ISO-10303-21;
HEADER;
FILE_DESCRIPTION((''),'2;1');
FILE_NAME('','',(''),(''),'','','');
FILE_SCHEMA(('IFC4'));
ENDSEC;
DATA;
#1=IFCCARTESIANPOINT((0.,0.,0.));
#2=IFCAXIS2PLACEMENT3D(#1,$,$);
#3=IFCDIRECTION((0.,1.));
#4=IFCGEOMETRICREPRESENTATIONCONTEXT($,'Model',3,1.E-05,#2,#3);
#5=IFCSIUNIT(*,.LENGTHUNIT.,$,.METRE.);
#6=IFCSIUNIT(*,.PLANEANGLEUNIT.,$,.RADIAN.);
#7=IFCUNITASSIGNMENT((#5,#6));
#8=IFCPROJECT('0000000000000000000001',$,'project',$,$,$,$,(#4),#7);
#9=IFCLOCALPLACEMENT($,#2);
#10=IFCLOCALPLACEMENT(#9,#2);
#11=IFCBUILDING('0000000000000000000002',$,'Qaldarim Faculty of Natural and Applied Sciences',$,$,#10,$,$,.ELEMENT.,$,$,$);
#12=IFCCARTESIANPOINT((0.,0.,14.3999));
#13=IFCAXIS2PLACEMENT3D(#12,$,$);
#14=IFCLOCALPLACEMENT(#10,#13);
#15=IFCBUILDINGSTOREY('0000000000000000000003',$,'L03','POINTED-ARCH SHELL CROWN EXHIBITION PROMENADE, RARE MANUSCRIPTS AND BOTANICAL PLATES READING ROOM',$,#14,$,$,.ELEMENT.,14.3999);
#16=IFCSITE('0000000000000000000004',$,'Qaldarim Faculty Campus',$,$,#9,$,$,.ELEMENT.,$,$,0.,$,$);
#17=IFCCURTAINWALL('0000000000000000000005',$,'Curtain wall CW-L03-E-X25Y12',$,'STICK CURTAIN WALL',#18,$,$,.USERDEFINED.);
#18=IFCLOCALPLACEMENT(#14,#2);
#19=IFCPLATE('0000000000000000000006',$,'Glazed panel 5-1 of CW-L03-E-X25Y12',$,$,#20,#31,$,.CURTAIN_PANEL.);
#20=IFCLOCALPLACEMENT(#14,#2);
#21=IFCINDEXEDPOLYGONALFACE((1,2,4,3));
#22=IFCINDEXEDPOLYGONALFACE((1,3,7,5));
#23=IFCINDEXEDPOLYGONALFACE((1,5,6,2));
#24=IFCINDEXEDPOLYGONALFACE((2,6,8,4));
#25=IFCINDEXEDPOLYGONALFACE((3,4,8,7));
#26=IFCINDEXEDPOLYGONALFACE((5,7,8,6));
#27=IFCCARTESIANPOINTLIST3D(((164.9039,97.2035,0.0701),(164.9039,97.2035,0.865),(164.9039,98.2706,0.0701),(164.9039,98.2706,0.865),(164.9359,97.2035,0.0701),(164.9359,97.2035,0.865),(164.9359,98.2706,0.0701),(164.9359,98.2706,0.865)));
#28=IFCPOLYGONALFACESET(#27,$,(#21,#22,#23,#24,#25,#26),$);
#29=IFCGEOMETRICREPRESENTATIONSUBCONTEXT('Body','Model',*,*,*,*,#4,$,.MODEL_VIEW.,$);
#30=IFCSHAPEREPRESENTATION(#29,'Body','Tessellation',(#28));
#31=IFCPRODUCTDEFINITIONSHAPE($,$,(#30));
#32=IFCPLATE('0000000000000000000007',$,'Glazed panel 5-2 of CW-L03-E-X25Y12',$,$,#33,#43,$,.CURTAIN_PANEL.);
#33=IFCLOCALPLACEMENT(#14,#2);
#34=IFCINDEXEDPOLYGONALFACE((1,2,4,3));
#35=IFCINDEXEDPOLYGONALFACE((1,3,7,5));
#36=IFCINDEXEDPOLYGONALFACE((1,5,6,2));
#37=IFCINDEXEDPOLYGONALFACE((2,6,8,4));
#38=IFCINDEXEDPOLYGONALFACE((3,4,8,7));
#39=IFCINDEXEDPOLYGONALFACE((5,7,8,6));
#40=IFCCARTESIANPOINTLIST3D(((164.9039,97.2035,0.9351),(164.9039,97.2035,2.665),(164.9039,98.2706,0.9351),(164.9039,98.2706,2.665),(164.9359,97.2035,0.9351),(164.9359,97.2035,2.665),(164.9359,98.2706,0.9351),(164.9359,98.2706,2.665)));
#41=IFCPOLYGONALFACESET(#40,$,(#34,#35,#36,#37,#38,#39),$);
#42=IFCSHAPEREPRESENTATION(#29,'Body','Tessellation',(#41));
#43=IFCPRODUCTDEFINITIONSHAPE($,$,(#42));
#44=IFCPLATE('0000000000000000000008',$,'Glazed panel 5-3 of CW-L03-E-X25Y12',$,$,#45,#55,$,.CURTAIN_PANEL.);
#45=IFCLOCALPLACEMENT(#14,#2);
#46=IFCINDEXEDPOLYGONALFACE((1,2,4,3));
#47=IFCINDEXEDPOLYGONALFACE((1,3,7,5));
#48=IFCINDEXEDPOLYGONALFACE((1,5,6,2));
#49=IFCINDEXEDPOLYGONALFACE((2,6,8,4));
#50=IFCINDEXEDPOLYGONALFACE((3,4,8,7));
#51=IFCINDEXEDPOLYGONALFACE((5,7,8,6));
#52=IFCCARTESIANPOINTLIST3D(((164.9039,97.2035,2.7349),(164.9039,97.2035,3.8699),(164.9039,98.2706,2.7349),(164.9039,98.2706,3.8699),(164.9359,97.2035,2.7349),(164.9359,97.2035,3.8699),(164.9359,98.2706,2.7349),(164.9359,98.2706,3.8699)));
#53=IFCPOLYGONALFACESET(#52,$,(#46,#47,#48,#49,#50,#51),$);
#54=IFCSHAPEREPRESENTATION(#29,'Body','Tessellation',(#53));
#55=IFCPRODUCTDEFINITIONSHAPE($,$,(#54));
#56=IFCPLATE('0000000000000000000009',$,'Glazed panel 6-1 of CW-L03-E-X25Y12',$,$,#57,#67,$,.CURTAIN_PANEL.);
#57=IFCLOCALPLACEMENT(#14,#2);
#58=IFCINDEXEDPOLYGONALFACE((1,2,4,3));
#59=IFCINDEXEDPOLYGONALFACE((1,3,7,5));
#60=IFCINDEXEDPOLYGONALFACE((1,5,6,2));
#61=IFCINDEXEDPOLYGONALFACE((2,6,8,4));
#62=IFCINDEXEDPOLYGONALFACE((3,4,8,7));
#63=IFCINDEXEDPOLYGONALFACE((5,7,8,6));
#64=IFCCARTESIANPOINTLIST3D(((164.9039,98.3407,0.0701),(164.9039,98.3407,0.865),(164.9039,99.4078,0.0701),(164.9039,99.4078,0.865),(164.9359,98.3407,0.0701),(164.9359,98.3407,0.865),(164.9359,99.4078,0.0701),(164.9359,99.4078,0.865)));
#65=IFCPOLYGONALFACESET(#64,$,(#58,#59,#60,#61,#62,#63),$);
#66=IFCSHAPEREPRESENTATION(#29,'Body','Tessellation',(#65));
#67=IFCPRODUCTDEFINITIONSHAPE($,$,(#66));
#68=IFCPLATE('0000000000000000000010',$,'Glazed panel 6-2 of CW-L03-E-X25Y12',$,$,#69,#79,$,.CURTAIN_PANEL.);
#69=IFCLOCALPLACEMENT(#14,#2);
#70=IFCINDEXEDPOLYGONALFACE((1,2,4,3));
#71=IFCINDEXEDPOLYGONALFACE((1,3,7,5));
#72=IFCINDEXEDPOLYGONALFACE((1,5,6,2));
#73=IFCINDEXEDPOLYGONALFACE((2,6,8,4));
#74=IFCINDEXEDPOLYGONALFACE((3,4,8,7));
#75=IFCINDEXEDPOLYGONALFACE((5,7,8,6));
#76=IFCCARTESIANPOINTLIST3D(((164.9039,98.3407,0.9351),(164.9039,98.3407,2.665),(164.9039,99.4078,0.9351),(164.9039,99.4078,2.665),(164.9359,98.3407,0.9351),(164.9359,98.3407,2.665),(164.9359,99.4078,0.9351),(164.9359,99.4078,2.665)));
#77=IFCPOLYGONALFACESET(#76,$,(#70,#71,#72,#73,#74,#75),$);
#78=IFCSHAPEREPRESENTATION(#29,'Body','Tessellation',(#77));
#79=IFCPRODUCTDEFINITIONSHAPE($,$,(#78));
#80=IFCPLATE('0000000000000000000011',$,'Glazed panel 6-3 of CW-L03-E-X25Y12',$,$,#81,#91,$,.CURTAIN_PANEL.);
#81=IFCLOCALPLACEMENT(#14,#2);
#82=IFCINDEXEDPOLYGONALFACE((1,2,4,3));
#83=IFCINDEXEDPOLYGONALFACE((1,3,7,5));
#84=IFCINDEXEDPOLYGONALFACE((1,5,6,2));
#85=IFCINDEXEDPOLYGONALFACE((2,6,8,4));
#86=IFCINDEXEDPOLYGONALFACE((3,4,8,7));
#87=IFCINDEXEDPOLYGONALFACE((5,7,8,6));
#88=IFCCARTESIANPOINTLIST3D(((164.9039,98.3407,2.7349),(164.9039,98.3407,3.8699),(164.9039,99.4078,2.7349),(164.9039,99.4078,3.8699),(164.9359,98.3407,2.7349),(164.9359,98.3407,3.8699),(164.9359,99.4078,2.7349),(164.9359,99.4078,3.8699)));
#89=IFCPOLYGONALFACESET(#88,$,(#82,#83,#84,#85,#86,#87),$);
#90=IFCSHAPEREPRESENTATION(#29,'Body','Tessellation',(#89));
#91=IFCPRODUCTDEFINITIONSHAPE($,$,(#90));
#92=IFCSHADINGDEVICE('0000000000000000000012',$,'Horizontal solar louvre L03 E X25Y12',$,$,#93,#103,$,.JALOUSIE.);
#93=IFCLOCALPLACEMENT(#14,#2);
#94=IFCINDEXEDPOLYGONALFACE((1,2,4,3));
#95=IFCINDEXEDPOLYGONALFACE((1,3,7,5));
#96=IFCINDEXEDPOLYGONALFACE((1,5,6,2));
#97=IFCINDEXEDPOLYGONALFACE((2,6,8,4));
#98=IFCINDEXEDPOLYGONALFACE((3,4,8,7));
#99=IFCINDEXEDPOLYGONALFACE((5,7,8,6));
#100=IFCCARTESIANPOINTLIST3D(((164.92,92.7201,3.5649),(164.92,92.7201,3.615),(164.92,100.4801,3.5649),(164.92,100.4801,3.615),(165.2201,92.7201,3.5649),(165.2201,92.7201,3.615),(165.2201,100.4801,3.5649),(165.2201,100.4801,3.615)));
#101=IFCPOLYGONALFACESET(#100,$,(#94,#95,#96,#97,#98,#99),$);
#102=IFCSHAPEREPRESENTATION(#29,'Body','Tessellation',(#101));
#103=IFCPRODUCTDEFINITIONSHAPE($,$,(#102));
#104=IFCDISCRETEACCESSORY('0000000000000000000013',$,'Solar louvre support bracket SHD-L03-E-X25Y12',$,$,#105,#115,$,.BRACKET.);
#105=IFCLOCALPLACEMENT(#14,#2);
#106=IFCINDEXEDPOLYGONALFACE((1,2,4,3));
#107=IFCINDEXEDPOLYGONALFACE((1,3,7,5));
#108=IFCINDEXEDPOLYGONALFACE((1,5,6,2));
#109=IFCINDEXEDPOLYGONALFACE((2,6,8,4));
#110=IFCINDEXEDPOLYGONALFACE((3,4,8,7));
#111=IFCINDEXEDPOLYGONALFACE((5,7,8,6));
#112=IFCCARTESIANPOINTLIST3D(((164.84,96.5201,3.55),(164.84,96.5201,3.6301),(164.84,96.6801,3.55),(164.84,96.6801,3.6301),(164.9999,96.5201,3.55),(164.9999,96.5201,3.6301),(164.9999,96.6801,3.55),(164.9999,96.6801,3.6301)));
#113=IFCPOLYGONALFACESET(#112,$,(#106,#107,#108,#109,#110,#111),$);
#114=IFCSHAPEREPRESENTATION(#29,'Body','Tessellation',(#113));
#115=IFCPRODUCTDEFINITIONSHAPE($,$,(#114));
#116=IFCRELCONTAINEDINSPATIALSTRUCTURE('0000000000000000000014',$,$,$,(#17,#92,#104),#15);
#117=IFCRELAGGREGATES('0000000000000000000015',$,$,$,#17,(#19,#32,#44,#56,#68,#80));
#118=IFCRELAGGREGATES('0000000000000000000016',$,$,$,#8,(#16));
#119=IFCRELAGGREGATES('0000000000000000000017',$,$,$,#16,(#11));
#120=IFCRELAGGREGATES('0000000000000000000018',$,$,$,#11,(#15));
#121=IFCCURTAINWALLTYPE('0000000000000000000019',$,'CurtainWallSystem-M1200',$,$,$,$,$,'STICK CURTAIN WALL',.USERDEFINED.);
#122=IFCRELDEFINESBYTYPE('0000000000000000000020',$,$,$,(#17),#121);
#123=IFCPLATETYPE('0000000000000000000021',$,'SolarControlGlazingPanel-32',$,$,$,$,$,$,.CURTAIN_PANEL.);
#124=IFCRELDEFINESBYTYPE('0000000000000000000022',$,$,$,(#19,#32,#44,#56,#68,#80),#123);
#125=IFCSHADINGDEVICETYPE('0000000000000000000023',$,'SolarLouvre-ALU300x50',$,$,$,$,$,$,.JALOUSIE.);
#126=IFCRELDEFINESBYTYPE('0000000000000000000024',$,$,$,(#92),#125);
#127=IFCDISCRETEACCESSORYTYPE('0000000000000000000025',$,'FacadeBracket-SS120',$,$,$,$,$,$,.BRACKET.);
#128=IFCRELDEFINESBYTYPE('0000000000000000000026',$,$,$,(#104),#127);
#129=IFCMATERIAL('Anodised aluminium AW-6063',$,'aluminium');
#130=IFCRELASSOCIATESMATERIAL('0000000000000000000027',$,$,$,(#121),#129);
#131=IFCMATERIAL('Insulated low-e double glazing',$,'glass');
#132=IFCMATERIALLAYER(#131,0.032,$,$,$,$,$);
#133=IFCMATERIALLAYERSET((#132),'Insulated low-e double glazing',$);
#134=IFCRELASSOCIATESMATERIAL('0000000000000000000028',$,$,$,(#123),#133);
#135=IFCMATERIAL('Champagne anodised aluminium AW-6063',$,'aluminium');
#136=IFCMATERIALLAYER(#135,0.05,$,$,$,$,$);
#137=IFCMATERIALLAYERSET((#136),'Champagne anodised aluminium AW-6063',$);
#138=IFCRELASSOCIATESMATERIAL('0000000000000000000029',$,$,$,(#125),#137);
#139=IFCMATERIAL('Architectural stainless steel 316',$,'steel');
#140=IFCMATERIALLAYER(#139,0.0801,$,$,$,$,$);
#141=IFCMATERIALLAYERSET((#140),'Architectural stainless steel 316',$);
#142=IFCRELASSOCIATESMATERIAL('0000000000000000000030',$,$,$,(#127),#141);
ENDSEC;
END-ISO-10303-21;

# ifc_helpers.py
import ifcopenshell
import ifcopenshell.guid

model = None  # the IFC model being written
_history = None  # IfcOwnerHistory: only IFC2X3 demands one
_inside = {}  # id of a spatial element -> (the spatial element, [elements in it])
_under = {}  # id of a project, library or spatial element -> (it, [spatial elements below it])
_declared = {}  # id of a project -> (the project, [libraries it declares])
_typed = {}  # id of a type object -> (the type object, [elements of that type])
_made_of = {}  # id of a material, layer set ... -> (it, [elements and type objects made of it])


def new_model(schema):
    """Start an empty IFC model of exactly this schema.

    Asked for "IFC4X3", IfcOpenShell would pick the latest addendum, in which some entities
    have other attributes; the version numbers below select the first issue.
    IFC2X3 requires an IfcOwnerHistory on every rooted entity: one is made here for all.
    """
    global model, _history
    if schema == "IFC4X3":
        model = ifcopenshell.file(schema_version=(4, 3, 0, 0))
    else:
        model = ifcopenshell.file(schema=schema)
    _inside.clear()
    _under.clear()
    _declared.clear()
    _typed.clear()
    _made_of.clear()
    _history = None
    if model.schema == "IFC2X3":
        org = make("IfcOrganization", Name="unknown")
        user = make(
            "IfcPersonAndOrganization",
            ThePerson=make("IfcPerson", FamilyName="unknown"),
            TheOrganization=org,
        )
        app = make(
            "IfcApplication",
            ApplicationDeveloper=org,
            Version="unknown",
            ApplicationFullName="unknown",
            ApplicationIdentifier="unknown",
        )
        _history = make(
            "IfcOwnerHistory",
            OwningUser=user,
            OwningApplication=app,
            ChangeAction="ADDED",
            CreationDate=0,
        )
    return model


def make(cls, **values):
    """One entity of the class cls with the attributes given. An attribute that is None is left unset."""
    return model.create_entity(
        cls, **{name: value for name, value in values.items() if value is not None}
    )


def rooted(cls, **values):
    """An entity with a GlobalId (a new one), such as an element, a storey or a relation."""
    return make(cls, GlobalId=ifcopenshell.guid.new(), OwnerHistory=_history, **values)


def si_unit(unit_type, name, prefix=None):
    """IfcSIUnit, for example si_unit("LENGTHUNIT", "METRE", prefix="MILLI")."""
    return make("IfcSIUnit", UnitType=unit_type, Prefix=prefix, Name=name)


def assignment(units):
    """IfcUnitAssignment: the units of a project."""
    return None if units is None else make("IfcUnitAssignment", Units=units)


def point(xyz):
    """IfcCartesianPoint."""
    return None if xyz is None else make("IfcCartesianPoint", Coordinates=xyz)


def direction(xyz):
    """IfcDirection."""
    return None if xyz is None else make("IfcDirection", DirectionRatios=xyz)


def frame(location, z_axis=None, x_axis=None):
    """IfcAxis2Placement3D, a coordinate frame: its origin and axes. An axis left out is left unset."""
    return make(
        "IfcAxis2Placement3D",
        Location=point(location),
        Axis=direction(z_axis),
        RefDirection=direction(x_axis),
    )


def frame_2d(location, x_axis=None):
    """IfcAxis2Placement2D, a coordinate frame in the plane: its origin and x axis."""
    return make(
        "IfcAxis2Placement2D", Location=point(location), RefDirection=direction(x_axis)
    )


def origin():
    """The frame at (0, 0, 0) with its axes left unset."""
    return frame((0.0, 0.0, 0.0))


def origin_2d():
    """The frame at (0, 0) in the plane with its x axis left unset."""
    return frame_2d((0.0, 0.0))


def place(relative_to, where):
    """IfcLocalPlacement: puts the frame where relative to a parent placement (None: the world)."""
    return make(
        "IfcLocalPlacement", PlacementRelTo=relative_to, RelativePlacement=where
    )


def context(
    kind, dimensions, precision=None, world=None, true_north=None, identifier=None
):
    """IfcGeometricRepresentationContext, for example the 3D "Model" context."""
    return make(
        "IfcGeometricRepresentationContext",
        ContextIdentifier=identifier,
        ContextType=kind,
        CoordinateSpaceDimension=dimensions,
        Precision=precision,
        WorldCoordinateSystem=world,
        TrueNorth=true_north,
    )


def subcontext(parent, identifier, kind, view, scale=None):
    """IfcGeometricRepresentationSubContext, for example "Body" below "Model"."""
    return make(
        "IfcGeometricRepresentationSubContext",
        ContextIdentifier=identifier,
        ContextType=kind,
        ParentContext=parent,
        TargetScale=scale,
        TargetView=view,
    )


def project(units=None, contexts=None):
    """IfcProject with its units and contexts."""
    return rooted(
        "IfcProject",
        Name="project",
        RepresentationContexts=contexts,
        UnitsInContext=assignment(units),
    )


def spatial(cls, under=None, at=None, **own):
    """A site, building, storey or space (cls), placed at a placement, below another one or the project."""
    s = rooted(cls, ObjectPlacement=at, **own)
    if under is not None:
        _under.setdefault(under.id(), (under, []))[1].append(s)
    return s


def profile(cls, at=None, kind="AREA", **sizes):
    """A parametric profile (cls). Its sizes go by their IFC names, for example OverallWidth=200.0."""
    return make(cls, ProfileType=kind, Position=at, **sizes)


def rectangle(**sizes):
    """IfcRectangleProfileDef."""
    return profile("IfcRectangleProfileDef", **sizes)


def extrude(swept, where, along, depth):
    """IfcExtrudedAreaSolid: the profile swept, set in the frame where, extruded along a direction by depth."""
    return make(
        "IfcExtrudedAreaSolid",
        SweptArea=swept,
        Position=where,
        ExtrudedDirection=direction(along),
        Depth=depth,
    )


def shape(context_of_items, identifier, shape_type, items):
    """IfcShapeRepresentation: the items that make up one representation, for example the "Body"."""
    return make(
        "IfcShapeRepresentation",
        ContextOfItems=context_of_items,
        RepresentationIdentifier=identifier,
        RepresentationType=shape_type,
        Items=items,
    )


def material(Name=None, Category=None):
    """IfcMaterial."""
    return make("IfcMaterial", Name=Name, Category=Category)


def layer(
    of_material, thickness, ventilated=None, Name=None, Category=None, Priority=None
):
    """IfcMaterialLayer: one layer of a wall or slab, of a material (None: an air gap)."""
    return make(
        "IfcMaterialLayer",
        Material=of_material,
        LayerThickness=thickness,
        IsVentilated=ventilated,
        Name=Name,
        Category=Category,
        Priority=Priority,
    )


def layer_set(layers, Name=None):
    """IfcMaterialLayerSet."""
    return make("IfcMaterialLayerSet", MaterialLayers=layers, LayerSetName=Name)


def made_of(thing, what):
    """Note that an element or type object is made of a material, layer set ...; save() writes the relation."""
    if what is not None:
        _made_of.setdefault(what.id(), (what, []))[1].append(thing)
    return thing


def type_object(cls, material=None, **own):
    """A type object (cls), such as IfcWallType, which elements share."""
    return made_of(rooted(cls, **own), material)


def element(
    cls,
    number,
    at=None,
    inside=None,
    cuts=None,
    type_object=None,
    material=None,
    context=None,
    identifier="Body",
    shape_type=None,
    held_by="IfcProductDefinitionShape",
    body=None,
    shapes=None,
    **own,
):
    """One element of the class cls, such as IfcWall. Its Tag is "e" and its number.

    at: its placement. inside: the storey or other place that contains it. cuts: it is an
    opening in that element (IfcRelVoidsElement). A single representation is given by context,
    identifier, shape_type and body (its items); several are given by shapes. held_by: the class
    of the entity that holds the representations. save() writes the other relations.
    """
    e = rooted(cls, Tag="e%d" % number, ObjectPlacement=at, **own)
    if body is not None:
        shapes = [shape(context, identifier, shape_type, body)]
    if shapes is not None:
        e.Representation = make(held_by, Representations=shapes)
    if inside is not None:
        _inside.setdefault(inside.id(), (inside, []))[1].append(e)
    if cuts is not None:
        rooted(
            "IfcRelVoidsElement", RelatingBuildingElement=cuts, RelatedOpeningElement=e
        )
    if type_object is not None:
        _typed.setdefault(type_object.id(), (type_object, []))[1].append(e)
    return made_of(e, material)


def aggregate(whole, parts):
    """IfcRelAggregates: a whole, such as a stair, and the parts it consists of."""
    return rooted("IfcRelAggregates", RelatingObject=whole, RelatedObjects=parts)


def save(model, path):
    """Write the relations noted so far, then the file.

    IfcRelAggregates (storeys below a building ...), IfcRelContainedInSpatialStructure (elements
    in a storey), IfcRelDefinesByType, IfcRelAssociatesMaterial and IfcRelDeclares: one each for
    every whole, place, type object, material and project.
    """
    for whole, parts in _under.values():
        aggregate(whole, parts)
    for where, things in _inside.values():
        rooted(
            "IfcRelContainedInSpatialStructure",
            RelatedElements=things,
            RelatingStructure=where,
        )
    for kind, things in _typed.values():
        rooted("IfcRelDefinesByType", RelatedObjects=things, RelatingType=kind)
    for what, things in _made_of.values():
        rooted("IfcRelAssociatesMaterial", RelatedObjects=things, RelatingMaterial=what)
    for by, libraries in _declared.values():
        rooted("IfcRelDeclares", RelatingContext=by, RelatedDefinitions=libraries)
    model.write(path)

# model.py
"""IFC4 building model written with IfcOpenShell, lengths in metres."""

from ifc_helpers import new_model, si_unit, direction, frame, origin, origin_2d, place, context, subcontext, project, spatial, rectangle, extrude, material, layer, layer_set, type_object, element, aggregate, save


model = new_model("IFC4")

# Units and contexts
model_context = context("Model", 3, precision=1e-05, world=origin(), true_north=direction((0.0, 1.0)))
body_context = subcontext(model_context, "Body", "Model", "MODEL_VIEW")
ifc_project = project(units=[si_unit("LENGTHUNIT", "METRE"), si_unit("PLANEANGLEUNIT", "RADIAN")], contexts=[model_context])

# Site, building, storey
site_placement = place(None, origin())
site = spatial("IfcSite", under=ifc_project, at=site_placement, Name="Qaldarim Faculty Campus", CompositionType="ELEMENT", RefElevation=0.0)
building_placement = place(site_placement, origin())
building = spatial("IfcBuilding", under=site, at=building_placement, Name="Qaldarim Faculty of Natural and Applied Sciences", CompositionType="ELEMENT")
storey_placement = place(building_placement, frame((0.0, 0.0, 14.3999)))
storey = spatial("IfcBuildingStorey", under=building, at=storey_placement, Name="L03", Description="POINTED-ARCH SHELL CROWN EXHIBITION PROMENADE, RARE MANUSCRIPTS AND BOTANICAL PLATES READING ROOM", CompositionType="ELEMENT", Elevation=14.3999)

# Curtain wall, plates
ifc_material_1 = material(Name="Anodised aluminium AW-6063", Category="aluminium")
curtain_wall_type = type_object("IfcCurtainWallType", Name="CurtainWallSystem-M1200", ElementType="STICK CURTAIN WALL", PredefinedType="USERDEFINED", material=ifc_material_1)
curtain_wall_placement = place(storey_placement, origin())
curtain_wall = element("IfcCurtainWall", 1, at=curtain_wall_placement, inside=storey, type_object=curtain_wall_type, Name="Curtain wall CW-L03-E-X25Y12", ObjectType="STICK CURTAIN WALL", PredefinedType="USERDEFINED")
ifc_material_2 = material(Name="Insulated low-e double glazing", Category="glass")
ifc_layer_1 = layer(ifc_material_2, 0.032)
ifc_layer_set_1 = layer_set([ifc_layer_1], Name="Insulated low-e double glazing")
plate_type = type_object("IfcPlateType", Name="SolarControlGlazingPanel-32", PredefinedType="CURTAIN_PANEL", material=ifc_layer_set_1)
plate_1_placement = place(storey_placement, frame((164.9199, 97.7371, 0.0701), z_axis=(0.0, 0.0, 1.0), x_axis=(0.0, 1.0, 0.0)))
plate_1 = element("IfcPlate", 2, at=plate_1_placement, type_object=plate_type, Name="Glazed panel 5-1 of CW-L03-E-X25Y12", PredefinedType="CURTAIN_PANEL", context=body_context, shape_type="SweptSolid", body=[
    extrude(rectangle(XDim=1.0671, YDim=0.032, at=origin_2d()), origin(), (0.0, 0.0, 1.0), 0.7949),
])
plate_2_placement = place(storey_placement, frame((164.9199, 97.7371, 0.9351), z_axis=(0.0, 0.0, 1.0), x_axis=(0.0, 1.0, 0.0)))
plate_2 = element("IfcPlate", 3, at=plate_2_placement, type_object=plate_type, Name="Glazed panel 5-2 of CW-L03-E-X25Y12", PredefinedType="CURTAIN_PANEL", context=body_context, shape_type="SweptSolid", body=[
    extrude(rectangle(XDim=1.0671, YDim=0.032, at=origin_2d()), origin(), (0.0, 0.0, 1.0), 1.73),
])
plate_3_placement = place(storey_placement, frame((164.9199, 97.7371, 2.7349), z_axis=(0.0, 0.0, 1.0), x_axis=(0.0, 1.0, 0.0)))
plate_3 = element("IfcPlate", 4, at=plate_3_placement, type_object=plate_type, Name="Glazed panel 5-3 of CW-L03-E-X25Y12", PredefinedType="CURTAIN_PANEL", context=body_context, shape_type="SweptSolid", body=[
    extrude(rectangle(XDim=1.0671, YDim=0.032, at=origin_2d()), origin(), (0.0, 0.0, 1.0), 1.135),
])
plate_4_placement = place(storey_placement, frame((164.9199, 98.8743, 0.0701), z_axis=(0.0, 0.0, 1.0), x_axis=(0.0, 1.0, 0.0)))
plate_4 = element("IfcPlate", 5, at=plate_4_placement, type_object=plate_type, Name="Glazed panel 6-1 of CW-L03-E-X25Y12", PredefinedType="CURTAIN_PANEL", context=body_context, shape_type="SweptSolid", body=[
    extrude(rectangle(XDim=1.0671, YDim=0.032, at=origin_2d()), origin(), (0.0, 0.0, 1.0), 0.7949),
])
plate_5_placement = place(storey_placement, frame((164.9199, 98.8743, 0.9351), z_axis=(0.0, 0.0, 1.0), x_axis=(0.0, 1.0, 0.0)))
plate_5 = element("IfcPlate", 6, at=plate_5_placement, type_object=plate_type, Name="Glazed panel 6-2 of CW-L03-E-X25Y12", PredefinedType="CURTAIN_PANEL", context=body_context, shape_type="SweptSolid", body=[
    extrude(rectangle(XDim=1.0671, YDim=0.032, at=origin_2d()), origin(), (0.0, 0.0, 1.0), 1.73),
])
plate_6_placement = place(storey_placement, frame((164.9199, 98.8743, 2.7349), z_axis=(0.0, 0.0, 1.0), x_axis=(0.0, 1.0, 0.0)))
plate_6 = element("IfcPlate", 7, at=plate_6_placement, type_object=plate_type, Name="Glazed panel 6-3 of CW-L03-E-X25Y12", PredefinedType="CURTAIN_PANEL", context=body_context, shape_type="SweptSolid", body=[
    extrude(rectangle(XDim=1.0671, YDim=0.032, at=origin_2d()), origin(), (0.0, 0.0, 1.0), 1.135),
])
aggregate(curtain_wall, [plate_1, plate_2, plate_3, plate_4, plate_5, plate_6])

# Shading device
ifc_material_3 = material(Name="Champagne anodised aluminium AW-6063", Category="aluminium")
ifc_layer_2 = layer(ifc_material_3, 0.05)
ifc_layer_set_2 = layer_set([ifc_layer_2], Name="Champagne anodised aluminium AW-6063")
shading_device_type = type_object("IfcShadingDeviceType", Name="SolarLouvre-ALU300x50", PredefinedType="JALOUSIE", material=ifc_layer_set_2)
shading_device_placement = place(storey_placement, frame((165.0701, 96.6001, 3.5649), z_axis=(0.0, 0.0, 1.0), x_axis=(0.0, 1.0, 0.0)))
element("IfcShadingDevice", 8, at=shading_device_placement, inside=storey, type_object=shading_device_type, Name="Horizontal solar louvre L03 E X25Y12", PredefinedType="JALOUSIE", context=body_context, shape_type="SweptSolid", body=[
    extrude(rectangle(XDim=7.76, YDim=0.3, at=origin_2d()), origin(), (0.0, 0.0, 1.0), 0.05),
])

# Discrete accessory
ifc_material_4 = material(Name="Architectural stainless steel 316", Category="steel")
ifc_layer_3 = layer(ifc_material_4, 0.0801)
ifc_layer_set_3 = layer_set([ifc_layer_3], Name="Architectural stainless steel 316")
discrete_accessory_type = type_object("IfcDiscreteAccessoryType", Name="FacadeBracket-SS120", PredefinedType="BRACKET", material=ifc_layer_set_3)
discrete_accessory_placement = place(storey_placement, frame((164.9199, 96.6001, 3.55), z_axis=(0.0, 0.0, 1.0), x_axis=(0.0, 1.0, 0.0)))
element("IfcDiscreteAccessory", 9, at=discrete_accessory_placement, inside=storey, type_object=discrete_accessory_type, Name="Solar louvre support bracket SHD-L03-E-X25Y12", PredefinedType="BRACKET", context=body_context, shape_type="SweptSolid", body=[
    extrude(rectangle(XDim=0.1599, YDim=0.1599, at=origin_2d()), origin(), (0.0, 0.0, 1.0), 0.0801),
])

save(model, "model.ifc")
